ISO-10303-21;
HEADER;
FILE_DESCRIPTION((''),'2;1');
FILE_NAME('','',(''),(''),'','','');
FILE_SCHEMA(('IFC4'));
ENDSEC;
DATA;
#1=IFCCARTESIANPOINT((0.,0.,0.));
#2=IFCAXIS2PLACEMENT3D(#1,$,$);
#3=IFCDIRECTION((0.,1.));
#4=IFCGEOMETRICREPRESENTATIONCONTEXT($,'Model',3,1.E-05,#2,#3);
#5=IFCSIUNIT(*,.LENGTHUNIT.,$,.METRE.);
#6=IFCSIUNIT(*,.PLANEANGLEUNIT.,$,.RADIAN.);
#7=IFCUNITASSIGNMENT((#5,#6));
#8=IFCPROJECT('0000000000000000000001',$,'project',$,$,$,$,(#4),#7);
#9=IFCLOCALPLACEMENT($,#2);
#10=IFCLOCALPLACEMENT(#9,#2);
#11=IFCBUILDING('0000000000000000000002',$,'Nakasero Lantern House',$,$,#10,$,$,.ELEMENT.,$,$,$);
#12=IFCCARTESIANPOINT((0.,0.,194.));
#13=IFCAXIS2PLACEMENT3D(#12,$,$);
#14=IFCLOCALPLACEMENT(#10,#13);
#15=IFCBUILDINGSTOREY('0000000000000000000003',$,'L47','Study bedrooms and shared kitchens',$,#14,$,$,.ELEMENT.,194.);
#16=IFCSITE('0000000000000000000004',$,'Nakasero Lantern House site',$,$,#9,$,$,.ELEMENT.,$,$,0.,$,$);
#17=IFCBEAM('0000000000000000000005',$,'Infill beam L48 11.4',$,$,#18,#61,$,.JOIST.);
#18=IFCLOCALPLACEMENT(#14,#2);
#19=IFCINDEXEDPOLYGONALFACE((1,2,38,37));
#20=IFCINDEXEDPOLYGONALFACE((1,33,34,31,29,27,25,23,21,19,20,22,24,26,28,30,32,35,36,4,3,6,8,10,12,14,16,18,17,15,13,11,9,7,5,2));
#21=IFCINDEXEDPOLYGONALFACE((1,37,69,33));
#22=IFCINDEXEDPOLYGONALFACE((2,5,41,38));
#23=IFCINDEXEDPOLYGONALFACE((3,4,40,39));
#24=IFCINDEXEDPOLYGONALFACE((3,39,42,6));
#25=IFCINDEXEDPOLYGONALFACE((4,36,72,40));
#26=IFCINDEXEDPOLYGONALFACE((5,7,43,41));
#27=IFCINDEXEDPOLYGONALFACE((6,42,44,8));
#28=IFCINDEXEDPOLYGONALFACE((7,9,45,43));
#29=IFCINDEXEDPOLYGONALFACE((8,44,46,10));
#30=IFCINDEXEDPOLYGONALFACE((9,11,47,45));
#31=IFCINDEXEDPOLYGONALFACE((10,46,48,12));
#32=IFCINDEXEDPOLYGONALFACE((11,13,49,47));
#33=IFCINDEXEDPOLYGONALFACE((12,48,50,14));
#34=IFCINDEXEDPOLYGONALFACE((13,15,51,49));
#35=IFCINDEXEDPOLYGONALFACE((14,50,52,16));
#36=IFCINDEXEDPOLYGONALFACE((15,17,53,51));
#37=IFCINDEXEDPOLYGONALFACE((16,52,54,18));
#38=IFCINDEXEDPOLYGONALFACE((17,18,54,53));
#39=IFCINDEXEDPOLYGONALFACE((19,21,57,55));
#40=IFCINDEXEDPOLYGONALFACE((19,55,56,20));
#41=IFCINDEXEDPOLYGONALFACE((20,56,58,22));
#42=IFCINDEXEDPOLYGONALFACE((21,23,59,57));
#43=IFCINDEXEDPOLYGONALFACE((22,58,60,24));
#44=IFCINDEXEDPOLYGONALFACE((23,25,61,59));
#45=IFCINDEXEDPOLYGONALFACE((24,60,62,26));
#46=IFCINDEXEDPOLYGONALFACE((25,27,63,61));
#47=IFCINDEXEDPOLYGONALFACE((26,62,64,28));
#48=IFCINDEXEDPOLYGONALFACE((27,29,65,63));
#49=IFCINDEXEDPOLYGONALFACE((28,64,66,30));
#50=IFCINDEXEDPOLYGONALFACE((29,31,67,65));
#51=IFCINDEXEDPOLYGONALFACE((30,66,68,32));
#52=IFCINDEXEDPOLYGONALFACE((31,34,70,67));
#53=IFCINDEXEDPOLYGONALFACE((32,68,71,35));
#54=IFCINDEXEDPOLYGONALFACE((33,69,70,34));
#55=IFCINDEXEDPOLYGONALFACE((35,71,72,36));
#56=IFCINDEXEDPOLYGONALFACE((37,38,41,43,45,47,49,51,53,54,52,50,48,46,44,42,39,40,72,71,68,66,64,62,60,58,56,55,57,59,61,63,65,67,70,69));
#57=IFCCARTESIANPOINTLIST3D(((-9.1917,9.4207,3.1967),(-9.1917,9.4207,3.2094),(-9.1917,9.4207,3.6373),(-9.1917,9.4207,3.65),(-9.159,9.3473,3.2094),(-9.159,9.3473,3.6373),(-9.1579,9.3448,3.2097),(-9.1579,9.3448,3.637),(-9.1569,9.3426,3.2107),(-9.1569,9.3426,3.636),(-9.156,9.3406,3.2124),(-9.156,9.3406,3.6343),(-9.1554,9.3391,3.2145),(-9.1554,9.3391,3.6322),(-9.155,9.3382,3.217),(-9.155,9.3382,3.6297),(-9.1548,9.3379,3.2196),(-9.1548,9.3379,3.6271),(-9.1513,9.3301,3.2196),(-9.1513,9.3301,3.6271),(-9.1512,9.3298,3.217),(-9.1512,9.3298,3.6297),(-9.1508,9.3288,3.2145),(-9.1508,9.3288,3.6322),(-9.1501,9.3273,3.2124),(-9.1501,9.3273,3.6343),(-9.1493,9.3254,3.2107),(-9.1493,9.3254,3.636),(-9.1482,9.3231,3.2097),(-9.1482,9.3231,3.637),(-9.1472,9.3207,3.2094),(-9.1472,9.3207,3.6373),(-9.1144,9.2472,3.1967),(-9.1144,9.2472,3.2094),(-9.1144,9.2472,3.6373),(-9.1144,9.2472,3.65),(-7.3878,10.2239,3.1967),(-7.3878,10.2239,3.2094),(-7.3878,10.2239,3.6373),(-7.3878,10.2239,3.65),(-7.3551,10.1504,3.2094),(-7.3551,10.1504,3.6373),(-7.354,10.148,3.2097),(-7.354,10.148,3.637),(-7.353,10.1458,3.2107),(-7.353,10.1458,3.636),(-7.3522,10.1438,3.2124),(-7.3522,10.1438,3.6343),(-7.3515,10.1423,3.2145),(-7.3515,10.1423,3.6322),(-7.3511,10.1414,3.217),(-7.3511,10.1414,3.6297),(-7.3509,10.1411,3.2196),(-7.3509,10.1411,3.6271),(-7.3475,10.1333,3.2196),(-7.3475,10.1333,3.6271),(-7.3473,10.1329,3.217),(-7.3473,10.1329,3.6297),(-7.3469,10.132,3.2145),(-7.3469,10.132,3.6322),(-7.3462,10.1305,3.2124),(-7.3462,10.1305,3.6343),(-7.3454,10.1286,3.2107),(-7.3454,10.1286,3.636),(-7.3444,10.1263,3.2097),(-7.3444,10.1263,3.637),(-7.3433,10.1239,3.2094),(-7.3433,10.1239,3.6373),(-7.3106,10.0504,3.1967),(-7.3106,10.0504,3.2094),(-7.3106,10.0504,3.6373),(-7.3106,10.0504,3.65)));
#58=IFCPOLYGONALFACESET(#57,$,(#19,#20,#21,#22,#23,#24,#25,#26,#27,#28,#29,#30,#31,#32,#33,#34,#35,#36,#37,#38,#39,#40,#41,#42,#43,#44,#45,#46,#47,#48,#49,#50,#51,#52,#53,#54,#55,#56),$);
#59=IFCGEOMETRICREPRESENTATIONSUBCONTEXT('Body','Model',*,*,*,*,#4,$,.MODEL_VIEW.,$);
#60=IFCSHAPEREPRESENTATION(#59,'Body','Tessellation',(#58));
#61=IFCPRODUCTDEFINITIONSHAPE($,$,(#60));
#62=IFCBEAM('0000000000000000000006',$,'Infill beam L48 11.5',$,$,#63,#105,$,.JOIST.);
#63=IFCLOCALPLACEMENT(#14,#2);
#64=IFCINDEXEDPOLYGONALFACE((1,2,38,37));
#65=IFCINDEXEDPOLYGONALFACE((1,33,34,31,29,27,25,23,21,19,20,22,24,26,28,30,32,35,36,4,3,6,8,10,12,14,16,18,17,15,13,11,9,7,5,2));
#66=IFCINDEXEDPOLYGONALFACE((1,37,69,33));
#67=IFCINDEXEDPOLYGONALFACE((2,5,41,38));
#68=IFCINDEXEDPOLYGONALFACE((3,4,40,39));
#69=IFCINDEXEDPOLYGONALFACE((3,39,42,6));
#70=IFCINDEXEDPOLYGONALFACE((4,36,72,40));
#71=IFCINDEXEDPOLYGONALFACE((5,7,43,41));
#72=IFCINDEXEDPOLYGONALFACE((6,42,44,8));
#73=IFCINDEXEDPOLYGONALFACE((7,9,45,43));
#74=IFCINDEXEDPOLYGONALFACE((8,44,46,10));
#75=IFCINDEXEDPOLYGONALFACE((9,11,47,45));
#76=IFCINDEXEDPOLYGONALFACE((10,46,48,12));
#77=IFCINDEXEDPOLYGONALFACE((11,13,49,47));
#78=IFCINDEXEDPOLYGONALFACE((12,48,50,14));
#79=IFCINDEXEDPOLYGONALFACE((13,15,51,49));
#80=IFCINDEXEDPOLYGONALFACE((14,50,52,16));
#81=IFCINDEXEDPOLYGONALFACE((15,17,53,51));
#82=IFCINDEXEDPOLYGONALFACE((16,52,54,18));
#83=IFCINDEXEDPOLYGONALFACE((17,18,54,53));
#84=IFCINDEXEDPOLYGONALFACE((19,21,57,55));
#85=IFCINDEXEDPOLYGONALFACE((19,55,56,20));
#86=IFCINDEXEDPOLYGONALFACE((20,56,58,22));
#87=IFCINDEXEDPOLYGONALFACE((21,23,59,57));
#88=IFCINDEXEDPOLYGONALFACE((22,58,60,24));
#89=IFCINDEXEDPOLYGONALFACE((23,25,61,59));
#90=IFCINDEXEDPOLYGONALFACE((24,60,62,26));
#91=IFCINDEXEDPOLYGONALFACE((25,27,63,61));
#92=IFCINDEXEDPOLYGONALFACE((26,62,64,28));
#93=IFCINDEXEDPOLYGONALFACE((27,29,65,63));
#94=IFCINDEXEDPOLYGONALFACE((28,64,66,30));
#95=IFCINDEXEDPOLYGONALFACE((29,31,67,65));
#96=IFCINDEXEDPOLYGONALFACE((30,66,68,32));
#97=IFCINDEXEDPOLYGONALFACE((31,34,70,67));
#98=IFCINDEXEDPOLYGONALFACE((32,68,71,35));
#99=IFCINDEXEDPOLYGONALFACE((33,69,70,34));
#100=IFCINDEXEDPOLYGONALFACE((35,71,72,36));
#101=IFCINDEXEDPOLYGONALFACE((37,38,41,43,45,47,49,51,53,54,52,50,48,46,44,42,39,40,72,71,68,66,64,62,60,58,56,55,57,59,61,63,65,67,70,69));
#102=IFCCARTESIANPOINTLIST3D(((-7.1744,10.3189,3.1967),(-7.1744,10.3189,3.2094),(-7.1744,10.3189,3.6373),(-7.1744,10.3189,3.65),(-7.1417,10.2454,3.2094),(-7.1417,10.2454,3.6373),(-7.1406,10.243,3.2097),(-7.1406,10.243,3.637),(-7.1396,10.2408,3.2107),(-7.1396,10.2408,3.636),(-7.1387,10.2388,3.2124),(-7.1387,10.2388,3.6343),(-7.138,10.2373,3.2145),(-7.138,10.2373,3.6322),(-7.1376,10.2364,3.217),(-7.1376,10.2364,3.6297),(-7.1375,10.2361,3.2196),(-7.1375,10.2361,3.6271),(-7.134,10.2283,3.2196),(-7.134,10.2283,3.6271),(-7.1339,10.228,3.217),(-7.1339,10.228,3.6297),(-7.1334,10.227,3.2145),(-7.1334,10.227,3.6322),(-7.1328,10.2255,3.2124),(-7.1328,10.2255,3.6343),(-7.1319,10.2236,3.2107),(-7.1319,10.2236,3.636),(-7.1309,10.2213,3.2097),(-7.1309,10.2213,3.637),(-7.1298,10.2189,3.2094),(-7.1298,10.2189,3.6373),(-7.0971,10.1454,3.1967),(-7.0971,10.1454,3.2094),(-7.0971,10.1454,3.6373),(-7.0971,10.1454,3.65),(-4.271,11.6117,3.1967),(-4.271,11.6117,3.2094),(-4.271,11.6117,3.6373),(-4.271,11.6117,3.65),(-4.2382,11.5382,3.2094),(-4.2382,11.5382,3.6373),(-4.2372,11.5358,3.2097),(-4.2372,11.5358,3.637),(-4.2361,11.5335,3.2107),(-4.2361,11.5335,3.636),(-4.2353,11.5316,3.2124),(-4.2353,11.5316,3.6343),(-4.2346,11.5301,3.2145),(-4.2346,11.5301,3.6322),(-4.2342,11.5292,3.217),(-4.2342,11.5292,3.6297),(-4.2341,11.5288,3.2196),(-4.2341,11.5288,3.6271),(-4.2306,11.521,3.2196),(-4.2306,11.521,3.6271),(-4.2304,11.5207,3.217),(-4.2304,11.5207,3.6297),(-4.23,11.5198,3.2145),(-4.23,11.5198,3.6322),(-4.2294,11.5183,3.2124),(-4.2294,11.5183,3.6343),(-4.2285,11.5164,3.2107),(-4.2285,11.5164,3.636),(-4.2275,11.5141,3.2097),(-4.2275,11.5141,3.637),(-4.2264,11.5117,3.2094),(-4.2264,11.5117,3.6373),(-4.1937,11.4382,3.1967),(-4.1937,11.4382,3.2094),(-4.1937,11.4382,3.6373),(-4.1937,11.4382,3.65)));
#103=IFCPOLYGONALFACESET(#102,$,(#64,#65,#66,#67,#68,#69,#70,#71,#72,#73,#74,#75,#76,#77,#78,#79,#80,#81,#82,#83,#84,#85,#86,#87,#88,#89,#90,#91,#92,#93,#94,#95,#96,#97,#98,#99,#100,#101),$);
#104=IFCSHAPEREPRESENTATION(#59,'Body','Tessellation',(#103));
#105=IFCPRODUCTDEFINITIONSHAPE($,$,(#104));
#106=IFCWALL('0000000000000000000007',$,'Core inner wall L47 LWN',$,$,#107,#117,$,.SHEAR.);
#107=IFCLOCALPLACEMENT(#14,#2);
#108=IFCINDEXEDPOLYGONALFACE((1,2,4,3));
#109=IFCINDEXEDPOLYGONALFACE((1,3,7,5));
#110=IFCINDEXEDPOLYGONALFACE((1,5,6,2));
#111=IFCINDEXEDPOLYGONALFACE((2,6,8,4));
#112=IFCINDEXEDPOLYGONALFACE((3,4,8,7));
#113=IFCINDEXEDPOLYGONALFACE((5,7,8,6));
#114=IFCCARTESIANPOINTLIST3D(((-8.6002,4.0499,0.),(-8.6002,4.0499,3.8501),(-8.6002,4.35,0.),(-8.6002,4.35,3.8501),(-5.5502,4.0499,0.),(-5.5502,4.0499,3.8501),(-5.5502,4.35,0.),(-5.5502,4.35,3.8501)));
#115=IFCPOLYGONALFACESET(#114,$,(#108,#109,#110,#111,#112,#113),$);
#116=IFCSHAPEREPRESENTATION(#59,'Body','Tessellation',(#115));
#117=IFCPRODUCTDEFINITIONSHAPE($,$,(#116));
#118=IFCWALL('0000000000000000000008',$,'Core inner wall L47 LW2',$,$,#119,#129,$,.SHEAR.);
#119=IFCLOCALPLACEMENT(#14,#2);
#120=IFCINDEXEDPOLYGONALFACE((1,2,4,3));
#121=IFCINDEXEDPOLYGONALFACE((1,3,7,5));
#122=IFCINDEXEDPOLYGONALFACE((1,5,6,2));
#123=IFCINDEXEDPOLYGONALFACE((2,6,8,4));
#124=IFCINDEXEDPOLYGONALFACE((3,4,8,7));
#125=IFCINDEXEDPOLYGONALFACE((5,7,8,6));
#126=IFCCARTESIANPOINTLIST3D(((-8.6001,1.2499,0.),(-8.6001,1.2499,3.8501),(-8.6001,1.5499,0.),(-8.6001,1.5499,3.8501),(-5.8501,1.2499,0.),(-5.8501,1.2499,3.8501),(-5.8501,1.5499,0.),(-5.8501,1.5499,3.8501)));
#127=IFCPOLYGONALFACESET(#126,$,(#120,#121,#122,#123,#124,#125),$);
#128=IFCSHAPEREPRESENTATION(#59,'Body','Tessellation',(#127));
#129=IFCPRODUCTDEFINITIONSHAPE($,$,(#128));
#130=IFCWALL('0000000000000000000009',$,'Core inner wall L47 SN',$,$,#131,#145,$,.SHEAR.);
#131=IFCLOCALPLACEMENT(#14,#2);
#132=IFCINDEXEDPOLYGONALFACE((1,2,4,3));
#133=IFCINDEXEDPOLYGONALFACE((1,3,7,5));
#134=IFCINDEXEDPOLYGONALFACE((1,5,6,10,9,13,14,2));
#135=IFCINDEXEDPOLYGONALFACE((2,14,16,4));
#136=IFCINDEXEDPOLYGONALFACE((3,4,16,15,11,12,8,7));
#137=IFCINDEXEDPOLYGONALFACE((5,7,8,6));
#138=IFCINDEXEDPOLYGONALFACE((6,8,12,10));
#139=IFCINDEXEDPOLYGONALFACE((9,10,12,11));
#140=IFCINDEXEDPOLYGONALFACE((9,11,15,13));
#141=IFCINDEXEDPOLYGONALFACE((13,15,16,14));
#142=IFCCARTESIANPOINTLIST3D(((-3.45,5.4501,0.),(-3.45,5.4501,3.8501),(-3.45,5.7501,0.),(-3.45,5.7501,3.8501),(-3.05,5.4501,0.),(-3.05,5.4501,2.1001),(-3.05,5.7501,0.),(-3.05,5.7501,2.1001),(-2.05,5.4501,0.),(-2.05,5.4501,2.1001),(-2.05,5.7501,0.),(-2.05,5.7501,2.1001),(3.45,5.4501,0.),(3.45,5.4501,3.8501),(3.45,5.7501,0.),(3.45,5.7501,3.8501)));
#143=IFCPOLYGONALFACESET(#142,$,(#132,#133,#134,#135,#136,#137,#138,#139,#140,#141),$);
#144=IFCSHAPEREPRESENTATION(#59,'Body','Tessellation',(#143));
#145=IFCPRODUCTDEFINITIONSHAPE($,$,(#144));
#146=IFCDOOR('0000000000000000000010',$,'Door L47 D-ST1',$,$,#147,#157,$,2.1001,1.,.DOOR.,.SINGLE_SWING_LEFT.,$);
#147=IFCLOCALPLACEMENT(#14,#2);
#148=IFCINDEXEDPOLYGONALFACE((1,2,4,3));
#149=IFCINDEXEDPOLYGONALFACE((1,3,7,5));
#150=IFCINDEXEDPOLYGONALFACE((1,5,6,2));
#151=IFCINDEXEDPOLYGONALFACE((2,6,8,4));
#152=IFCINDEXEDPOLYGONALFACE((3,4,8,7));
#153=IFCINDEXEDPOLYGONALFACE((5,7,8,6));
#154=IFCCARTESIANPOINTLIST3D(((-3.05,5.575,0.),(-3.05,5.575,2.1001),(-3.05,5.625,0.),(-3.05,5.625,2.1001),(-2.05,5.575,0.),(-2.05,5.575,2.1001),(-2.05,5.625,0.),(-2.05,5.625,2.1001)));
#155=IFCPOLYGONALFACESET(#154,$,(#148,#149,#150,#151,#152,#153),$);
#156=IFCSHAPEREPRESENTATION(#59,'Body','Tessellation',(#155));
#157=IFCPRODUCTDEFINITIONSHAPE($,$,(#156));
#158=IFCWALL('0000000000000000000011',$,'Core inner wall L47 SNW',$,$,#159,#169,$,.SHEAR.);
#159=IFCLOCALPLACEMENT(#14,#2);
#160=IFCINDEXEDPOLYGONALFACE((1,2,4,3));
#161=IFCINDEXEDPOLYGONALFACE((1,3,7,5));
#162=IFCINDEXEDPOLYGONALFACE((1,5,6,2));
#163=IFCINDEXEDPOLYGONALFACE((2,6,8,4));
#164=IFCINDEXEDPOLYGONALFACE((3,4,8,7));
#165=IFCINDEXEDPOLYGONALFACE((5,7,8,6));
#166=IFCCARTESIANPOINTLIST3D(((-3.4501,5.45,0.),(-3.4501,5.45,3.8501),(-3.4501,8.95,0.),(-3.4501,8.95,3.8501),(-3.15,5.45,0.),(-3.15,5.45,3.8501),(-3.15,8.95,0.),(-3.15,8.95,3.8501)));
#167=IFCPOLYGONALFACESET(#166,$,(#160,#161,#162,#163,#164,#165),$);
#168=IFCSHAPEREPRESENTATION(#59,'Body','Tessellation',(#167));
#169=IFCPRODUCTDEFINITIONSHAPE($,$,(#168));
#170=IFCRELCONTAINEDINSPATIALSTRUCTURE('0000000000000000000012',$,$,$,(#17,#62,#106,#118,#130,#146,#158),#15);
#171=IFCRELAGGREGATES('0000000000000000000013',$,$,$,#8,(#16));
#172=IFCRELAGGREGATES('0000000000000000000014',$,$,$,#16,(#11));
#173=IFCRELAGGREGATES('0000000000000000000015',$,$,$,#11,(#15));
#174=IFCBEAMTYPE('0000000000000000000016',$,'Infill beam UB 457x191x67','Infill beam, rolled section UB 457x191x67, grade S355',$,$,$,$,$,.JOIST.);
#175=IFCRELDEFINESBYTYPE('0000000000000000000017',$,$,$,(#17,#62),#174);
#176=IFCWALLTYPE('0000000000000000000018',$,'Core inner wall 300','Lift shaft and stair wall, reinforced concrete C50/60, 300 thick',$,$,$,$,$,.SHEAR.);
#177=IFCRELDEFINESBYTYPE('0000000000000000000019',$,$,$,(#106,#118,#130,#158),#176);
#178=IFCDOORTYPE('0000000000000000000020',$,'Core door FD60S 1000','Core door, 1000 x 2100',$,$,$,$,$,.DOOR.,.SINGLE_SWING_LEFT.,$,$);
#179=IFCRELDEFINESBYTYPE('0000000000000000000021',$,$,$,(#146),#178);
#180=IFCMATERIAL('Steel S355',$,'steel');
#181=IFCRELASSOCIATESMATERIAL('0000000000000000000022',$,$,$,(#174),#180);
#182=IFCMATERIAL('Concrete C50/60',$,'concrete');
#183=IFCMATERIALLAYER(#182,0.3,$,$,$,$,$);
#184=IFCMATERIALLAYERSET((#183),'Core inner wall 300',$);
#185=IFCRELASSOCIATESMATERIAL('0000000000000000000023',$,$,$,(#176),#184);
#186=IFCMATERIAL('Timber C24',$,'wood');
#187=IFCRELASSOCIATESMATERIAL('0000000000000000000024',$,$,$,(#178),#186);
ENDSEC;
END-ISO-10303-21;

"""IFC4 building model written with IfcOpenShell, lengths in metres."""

from ifc_helpers import new_model, si_unit, direction, frame, frame_2d, origin, origin_2d, place, context, subcontext, project, spatial, rectangle, i_section, extrude, material, layer, layer_set, material_profile, profile_set, type_object, element, fill, save


model = new_model("IFC4")

# Units and contexts
model_context = context("Model", 3, precision=1e-05, world=origin(), true_north=direction((0.0, 1.0)))
body_context = subcontext(model_context, "Body", "Model", "MODEL_VIEW")
ifc_project = project(units=[si_unit("LENGTHUNIT", "METRE"), si_unit("PLANEANGLEUNIT", "RADIAN")], contexts=[model_context])

# Site, building, storey
site_placement = place(None, origin())
site = spatial("IfcSite", under=ifc_project, at=site_placement, Name="Nakasero Lantern House site", CompositionType="ELEMENT", RefElevation=0.0)
building_placement = place(site_placement, origin())
building = spatial("IfcBuilding", under=site, at=building_placement, Name="Nakasero Lantern House", CompositionType="ELEMENT")
storey_placement = place(building_placement, frame((0.0, 0.0, 194.0)))
storey = spatial("IfcBuildingStorey", under=building, at=storey_placement, Name="L47", Description="Study bedrooms and shared kitchens", CompositionType="ELEMENT", Elevation=194.0)

# Beams
ifc_material_1 = material(Name="Steel S355", Category="steel")
ifc_material_profile = material_profile(ifc_material_1, i_section(OverallWidth=0.1899, OverallDepth=0.4534, WebThickness=0.0085, FlangeThickness=0.0127, FilletRadius=0.0103, at=origin_2d()), Name="UB 457x191x67")
ifc_profile_set = profile_set([ifc_material_profile], Name="Steel S355")
beam_type = type_object("IfcBeamType", Name="Infill beam UB 457x191x67", Description="Infill beam, rolled section UB 457x191x67, grade S355", PredefinedType="JOIST", material=ifc_profile_set)
beam_1_placement = place(storey_placement, frame((-9.1531, 9.334, 3.4233), z_axis=(0.913536, 0.406758, 0.0), x_axis=(-0.406758, 0.913536, 0.0)))
element("IfcBeam", 1, at=beam_1_placement, inside=storey, type_object=beam_type, Name="Infill beam L48 11.4", PredefinedType="JOIST", context=body_context, shape_type="SweptSolid", body=[
    extrude(i_section(OverallWidth=0.1899, OverallDepth=0.4534, WebThickness=0.0085, FlangeThickness=0.0127, FilletRadius=0.0103, at=origin_2d()), origin(), (0.0, 0.0, 1.0), 1.9746),
])
beam_2_placement = place(storey_placement, frame((-7.1357, 10.2322, 3.4233), z_axis=(0.913536, 0.406758, 0.0), x_axis=(-0.406758, 0.913536, 0.0)))
element("IfcBeam", 2, at=beam_2_placement, inside=storey, type_object=beam_type, Name="Infill beam L48 11.5", PredefinedType="JOIST", context=body_context, shape_type="SweptSolid", body=[
    extrude(i_section(OverallWidth=0.1899, OverallDepth=0.4534, WebThickness=0.0085, FlangeThickness=0.0127, FilletRadius=0.0103, at=origin_2d()), origin(), (0.0, 0.0, 1.0), 3.1782),
])

# Walls
ifc_material_2 = material(Name="Concrete C50/60", Category="concrete")
ifc_layer_1 = layer(ifc_material_2, 0.3)
ifc_layer_set_1 = layer_set([ifc_layer_1], Name="Core inner wall 300")
wall_type_1 = type_object("IfcWallType", Name="Core inner wall 300", Description="Lift shaft and stair wall, reinforced concrete C50/60, 300 thick", PredefinedType="SHEAR", material=ifc_layer_set_1)
wall_1_placement = place(storey_placement, frame((-8.6001, 4.2, 0.0), z_axis=(0.0, 0.0, 1.0), x_axis=(1.0, 0.0, 0.0)))
element("IfcWall", 3, at=wall_1_placement, inside=storey, type_object=wall_type_1, Name="Core inner wall L47 LWN", PredefinedType="SHEAR", context=body_context, shape_type="SweptSolid", body=[
    extrude(rectangle(XDim=3.05, YDim=0.3, at=frame_2d((1.5249, 0.0))), origin(), (0.0, 0.0, 1.0), 3.8501),
])
wall_2_placement = place(storey_placement, frame((-8.6001, 1.3999, 0.0), z_axis=(0.0, 0.0, 1.0), x_axis=(1.0, 0.0, 0.0)))
element("IfcWall", 4, at=wall_2_placement, inside=storey, type_object=wall_type_1, Name="Core inner wall L47 LW2", PredefinedType="SHEAR", context=body_context, shape_type="SweptSolid", body=[
    extrude(rectangle(XDim=2.75, YDim=0.3, at=frame_2d((1.375, 0.0))), origin(), (0.0, 0.0, 1.0), 3.8501),
])

# Wall, opening, door
wall_3_placement = place(storey_placement, frame((-3.45, 5.6001, 0.0), z_axis=(0.0, 0.0, 1.0), x_axis=(1.0, 0.0, 0.0)))
wall_3 = element("IfcWall", 5, at=wall_3_placement, inside=storey, type_object=wall_type_1, Name="Core inner wall L47 SN", PredefinedType="SHEAR", context=body_context, shape_type="SweptSolid", body=[
    extrude(rectangle(XDim=6.8999, YDim=0.3, at=frame_2d((3.45, 0.0))), origin(), (0.0, 0.0, 1.0), 3.8501),
])
opening_1_placement = place(wall_3_placement, frame((0.3999, 0.0, 0.0)))
opening_1 = element("IfcOpeningElement", 6, at=opening_1_placement, cuts=wall_3, PredefinedType="OPENING", context=body_context, shape_type="SweptSolid", body=[
    extrude(rectangle(XDim=1.0, YDim=2.1001, at=frame_2d((0.5, 1.05))), frame((0.0, 0.1699, 0.0), z_axis=(0.0, -1.0, 0.0), x_axis=(1.0, 0.0, 0.0)), (0.0, 0.0, 1.0), 0.3401),
])
ifc_material_3 = material(Name="Timber C24", Category="wood")
door_type_1 = type_object("IfcDoorType", Name="Core door FD60S 1000", Description="Core door, 1000 x 2100", OperationType="SINGLE_SWING_LEFT", PredefinedType="DOOR", material=ifc_material_3)
door_1_placement = place(opening_1_placement, origin())
door_1 = element("IfcDoor", 7, at=door_1_placement, inside=storey, type_object=door_type_1, Name="Door L47 D-ST1", OperationType="SINGLE_SWING_LEFT", OverallHeight=2.1001, OverallWidth=1.0, PredefinedType="DOOR", context=body_context, shape_type="SweptSolid", body=[
    extrude(rectangle(XDim=1.0, YDim=2.1001, at=frame_2d((0.5, 1.05))), frame((0.0, 0.0249, 0.0), z_axis=(0.0, -1.0, 0.0), x_axis=(1.0, 0.0, 0.0)), (0.0, 0.0, 1.0), 0.05),
])
fill(opening_1, door_1)

# Wall
wall_4_placement = place(storey_placement, frame((-3.3, 5.45, 0.0), z_axis=(0.0, 0.0, 1.0), x_axis=(0.0, 1.0, 0.0)))
element("IfcWall", 8, at=wall_4_placement, inside=storey, type_object=wall_type_1, Name="Core inner wall L47 SNW", PredefinedType="SHEAR", context=body_context, shape_type="SweptSolid", body=[
    extrude(rectangle(XDim=3.5, YDim=0.3, at=frame_2d((1.75, 0.0))), origin(), (0.0, 0.0, 1.0), 3.8501),
])

save(model, "model.ifc")
